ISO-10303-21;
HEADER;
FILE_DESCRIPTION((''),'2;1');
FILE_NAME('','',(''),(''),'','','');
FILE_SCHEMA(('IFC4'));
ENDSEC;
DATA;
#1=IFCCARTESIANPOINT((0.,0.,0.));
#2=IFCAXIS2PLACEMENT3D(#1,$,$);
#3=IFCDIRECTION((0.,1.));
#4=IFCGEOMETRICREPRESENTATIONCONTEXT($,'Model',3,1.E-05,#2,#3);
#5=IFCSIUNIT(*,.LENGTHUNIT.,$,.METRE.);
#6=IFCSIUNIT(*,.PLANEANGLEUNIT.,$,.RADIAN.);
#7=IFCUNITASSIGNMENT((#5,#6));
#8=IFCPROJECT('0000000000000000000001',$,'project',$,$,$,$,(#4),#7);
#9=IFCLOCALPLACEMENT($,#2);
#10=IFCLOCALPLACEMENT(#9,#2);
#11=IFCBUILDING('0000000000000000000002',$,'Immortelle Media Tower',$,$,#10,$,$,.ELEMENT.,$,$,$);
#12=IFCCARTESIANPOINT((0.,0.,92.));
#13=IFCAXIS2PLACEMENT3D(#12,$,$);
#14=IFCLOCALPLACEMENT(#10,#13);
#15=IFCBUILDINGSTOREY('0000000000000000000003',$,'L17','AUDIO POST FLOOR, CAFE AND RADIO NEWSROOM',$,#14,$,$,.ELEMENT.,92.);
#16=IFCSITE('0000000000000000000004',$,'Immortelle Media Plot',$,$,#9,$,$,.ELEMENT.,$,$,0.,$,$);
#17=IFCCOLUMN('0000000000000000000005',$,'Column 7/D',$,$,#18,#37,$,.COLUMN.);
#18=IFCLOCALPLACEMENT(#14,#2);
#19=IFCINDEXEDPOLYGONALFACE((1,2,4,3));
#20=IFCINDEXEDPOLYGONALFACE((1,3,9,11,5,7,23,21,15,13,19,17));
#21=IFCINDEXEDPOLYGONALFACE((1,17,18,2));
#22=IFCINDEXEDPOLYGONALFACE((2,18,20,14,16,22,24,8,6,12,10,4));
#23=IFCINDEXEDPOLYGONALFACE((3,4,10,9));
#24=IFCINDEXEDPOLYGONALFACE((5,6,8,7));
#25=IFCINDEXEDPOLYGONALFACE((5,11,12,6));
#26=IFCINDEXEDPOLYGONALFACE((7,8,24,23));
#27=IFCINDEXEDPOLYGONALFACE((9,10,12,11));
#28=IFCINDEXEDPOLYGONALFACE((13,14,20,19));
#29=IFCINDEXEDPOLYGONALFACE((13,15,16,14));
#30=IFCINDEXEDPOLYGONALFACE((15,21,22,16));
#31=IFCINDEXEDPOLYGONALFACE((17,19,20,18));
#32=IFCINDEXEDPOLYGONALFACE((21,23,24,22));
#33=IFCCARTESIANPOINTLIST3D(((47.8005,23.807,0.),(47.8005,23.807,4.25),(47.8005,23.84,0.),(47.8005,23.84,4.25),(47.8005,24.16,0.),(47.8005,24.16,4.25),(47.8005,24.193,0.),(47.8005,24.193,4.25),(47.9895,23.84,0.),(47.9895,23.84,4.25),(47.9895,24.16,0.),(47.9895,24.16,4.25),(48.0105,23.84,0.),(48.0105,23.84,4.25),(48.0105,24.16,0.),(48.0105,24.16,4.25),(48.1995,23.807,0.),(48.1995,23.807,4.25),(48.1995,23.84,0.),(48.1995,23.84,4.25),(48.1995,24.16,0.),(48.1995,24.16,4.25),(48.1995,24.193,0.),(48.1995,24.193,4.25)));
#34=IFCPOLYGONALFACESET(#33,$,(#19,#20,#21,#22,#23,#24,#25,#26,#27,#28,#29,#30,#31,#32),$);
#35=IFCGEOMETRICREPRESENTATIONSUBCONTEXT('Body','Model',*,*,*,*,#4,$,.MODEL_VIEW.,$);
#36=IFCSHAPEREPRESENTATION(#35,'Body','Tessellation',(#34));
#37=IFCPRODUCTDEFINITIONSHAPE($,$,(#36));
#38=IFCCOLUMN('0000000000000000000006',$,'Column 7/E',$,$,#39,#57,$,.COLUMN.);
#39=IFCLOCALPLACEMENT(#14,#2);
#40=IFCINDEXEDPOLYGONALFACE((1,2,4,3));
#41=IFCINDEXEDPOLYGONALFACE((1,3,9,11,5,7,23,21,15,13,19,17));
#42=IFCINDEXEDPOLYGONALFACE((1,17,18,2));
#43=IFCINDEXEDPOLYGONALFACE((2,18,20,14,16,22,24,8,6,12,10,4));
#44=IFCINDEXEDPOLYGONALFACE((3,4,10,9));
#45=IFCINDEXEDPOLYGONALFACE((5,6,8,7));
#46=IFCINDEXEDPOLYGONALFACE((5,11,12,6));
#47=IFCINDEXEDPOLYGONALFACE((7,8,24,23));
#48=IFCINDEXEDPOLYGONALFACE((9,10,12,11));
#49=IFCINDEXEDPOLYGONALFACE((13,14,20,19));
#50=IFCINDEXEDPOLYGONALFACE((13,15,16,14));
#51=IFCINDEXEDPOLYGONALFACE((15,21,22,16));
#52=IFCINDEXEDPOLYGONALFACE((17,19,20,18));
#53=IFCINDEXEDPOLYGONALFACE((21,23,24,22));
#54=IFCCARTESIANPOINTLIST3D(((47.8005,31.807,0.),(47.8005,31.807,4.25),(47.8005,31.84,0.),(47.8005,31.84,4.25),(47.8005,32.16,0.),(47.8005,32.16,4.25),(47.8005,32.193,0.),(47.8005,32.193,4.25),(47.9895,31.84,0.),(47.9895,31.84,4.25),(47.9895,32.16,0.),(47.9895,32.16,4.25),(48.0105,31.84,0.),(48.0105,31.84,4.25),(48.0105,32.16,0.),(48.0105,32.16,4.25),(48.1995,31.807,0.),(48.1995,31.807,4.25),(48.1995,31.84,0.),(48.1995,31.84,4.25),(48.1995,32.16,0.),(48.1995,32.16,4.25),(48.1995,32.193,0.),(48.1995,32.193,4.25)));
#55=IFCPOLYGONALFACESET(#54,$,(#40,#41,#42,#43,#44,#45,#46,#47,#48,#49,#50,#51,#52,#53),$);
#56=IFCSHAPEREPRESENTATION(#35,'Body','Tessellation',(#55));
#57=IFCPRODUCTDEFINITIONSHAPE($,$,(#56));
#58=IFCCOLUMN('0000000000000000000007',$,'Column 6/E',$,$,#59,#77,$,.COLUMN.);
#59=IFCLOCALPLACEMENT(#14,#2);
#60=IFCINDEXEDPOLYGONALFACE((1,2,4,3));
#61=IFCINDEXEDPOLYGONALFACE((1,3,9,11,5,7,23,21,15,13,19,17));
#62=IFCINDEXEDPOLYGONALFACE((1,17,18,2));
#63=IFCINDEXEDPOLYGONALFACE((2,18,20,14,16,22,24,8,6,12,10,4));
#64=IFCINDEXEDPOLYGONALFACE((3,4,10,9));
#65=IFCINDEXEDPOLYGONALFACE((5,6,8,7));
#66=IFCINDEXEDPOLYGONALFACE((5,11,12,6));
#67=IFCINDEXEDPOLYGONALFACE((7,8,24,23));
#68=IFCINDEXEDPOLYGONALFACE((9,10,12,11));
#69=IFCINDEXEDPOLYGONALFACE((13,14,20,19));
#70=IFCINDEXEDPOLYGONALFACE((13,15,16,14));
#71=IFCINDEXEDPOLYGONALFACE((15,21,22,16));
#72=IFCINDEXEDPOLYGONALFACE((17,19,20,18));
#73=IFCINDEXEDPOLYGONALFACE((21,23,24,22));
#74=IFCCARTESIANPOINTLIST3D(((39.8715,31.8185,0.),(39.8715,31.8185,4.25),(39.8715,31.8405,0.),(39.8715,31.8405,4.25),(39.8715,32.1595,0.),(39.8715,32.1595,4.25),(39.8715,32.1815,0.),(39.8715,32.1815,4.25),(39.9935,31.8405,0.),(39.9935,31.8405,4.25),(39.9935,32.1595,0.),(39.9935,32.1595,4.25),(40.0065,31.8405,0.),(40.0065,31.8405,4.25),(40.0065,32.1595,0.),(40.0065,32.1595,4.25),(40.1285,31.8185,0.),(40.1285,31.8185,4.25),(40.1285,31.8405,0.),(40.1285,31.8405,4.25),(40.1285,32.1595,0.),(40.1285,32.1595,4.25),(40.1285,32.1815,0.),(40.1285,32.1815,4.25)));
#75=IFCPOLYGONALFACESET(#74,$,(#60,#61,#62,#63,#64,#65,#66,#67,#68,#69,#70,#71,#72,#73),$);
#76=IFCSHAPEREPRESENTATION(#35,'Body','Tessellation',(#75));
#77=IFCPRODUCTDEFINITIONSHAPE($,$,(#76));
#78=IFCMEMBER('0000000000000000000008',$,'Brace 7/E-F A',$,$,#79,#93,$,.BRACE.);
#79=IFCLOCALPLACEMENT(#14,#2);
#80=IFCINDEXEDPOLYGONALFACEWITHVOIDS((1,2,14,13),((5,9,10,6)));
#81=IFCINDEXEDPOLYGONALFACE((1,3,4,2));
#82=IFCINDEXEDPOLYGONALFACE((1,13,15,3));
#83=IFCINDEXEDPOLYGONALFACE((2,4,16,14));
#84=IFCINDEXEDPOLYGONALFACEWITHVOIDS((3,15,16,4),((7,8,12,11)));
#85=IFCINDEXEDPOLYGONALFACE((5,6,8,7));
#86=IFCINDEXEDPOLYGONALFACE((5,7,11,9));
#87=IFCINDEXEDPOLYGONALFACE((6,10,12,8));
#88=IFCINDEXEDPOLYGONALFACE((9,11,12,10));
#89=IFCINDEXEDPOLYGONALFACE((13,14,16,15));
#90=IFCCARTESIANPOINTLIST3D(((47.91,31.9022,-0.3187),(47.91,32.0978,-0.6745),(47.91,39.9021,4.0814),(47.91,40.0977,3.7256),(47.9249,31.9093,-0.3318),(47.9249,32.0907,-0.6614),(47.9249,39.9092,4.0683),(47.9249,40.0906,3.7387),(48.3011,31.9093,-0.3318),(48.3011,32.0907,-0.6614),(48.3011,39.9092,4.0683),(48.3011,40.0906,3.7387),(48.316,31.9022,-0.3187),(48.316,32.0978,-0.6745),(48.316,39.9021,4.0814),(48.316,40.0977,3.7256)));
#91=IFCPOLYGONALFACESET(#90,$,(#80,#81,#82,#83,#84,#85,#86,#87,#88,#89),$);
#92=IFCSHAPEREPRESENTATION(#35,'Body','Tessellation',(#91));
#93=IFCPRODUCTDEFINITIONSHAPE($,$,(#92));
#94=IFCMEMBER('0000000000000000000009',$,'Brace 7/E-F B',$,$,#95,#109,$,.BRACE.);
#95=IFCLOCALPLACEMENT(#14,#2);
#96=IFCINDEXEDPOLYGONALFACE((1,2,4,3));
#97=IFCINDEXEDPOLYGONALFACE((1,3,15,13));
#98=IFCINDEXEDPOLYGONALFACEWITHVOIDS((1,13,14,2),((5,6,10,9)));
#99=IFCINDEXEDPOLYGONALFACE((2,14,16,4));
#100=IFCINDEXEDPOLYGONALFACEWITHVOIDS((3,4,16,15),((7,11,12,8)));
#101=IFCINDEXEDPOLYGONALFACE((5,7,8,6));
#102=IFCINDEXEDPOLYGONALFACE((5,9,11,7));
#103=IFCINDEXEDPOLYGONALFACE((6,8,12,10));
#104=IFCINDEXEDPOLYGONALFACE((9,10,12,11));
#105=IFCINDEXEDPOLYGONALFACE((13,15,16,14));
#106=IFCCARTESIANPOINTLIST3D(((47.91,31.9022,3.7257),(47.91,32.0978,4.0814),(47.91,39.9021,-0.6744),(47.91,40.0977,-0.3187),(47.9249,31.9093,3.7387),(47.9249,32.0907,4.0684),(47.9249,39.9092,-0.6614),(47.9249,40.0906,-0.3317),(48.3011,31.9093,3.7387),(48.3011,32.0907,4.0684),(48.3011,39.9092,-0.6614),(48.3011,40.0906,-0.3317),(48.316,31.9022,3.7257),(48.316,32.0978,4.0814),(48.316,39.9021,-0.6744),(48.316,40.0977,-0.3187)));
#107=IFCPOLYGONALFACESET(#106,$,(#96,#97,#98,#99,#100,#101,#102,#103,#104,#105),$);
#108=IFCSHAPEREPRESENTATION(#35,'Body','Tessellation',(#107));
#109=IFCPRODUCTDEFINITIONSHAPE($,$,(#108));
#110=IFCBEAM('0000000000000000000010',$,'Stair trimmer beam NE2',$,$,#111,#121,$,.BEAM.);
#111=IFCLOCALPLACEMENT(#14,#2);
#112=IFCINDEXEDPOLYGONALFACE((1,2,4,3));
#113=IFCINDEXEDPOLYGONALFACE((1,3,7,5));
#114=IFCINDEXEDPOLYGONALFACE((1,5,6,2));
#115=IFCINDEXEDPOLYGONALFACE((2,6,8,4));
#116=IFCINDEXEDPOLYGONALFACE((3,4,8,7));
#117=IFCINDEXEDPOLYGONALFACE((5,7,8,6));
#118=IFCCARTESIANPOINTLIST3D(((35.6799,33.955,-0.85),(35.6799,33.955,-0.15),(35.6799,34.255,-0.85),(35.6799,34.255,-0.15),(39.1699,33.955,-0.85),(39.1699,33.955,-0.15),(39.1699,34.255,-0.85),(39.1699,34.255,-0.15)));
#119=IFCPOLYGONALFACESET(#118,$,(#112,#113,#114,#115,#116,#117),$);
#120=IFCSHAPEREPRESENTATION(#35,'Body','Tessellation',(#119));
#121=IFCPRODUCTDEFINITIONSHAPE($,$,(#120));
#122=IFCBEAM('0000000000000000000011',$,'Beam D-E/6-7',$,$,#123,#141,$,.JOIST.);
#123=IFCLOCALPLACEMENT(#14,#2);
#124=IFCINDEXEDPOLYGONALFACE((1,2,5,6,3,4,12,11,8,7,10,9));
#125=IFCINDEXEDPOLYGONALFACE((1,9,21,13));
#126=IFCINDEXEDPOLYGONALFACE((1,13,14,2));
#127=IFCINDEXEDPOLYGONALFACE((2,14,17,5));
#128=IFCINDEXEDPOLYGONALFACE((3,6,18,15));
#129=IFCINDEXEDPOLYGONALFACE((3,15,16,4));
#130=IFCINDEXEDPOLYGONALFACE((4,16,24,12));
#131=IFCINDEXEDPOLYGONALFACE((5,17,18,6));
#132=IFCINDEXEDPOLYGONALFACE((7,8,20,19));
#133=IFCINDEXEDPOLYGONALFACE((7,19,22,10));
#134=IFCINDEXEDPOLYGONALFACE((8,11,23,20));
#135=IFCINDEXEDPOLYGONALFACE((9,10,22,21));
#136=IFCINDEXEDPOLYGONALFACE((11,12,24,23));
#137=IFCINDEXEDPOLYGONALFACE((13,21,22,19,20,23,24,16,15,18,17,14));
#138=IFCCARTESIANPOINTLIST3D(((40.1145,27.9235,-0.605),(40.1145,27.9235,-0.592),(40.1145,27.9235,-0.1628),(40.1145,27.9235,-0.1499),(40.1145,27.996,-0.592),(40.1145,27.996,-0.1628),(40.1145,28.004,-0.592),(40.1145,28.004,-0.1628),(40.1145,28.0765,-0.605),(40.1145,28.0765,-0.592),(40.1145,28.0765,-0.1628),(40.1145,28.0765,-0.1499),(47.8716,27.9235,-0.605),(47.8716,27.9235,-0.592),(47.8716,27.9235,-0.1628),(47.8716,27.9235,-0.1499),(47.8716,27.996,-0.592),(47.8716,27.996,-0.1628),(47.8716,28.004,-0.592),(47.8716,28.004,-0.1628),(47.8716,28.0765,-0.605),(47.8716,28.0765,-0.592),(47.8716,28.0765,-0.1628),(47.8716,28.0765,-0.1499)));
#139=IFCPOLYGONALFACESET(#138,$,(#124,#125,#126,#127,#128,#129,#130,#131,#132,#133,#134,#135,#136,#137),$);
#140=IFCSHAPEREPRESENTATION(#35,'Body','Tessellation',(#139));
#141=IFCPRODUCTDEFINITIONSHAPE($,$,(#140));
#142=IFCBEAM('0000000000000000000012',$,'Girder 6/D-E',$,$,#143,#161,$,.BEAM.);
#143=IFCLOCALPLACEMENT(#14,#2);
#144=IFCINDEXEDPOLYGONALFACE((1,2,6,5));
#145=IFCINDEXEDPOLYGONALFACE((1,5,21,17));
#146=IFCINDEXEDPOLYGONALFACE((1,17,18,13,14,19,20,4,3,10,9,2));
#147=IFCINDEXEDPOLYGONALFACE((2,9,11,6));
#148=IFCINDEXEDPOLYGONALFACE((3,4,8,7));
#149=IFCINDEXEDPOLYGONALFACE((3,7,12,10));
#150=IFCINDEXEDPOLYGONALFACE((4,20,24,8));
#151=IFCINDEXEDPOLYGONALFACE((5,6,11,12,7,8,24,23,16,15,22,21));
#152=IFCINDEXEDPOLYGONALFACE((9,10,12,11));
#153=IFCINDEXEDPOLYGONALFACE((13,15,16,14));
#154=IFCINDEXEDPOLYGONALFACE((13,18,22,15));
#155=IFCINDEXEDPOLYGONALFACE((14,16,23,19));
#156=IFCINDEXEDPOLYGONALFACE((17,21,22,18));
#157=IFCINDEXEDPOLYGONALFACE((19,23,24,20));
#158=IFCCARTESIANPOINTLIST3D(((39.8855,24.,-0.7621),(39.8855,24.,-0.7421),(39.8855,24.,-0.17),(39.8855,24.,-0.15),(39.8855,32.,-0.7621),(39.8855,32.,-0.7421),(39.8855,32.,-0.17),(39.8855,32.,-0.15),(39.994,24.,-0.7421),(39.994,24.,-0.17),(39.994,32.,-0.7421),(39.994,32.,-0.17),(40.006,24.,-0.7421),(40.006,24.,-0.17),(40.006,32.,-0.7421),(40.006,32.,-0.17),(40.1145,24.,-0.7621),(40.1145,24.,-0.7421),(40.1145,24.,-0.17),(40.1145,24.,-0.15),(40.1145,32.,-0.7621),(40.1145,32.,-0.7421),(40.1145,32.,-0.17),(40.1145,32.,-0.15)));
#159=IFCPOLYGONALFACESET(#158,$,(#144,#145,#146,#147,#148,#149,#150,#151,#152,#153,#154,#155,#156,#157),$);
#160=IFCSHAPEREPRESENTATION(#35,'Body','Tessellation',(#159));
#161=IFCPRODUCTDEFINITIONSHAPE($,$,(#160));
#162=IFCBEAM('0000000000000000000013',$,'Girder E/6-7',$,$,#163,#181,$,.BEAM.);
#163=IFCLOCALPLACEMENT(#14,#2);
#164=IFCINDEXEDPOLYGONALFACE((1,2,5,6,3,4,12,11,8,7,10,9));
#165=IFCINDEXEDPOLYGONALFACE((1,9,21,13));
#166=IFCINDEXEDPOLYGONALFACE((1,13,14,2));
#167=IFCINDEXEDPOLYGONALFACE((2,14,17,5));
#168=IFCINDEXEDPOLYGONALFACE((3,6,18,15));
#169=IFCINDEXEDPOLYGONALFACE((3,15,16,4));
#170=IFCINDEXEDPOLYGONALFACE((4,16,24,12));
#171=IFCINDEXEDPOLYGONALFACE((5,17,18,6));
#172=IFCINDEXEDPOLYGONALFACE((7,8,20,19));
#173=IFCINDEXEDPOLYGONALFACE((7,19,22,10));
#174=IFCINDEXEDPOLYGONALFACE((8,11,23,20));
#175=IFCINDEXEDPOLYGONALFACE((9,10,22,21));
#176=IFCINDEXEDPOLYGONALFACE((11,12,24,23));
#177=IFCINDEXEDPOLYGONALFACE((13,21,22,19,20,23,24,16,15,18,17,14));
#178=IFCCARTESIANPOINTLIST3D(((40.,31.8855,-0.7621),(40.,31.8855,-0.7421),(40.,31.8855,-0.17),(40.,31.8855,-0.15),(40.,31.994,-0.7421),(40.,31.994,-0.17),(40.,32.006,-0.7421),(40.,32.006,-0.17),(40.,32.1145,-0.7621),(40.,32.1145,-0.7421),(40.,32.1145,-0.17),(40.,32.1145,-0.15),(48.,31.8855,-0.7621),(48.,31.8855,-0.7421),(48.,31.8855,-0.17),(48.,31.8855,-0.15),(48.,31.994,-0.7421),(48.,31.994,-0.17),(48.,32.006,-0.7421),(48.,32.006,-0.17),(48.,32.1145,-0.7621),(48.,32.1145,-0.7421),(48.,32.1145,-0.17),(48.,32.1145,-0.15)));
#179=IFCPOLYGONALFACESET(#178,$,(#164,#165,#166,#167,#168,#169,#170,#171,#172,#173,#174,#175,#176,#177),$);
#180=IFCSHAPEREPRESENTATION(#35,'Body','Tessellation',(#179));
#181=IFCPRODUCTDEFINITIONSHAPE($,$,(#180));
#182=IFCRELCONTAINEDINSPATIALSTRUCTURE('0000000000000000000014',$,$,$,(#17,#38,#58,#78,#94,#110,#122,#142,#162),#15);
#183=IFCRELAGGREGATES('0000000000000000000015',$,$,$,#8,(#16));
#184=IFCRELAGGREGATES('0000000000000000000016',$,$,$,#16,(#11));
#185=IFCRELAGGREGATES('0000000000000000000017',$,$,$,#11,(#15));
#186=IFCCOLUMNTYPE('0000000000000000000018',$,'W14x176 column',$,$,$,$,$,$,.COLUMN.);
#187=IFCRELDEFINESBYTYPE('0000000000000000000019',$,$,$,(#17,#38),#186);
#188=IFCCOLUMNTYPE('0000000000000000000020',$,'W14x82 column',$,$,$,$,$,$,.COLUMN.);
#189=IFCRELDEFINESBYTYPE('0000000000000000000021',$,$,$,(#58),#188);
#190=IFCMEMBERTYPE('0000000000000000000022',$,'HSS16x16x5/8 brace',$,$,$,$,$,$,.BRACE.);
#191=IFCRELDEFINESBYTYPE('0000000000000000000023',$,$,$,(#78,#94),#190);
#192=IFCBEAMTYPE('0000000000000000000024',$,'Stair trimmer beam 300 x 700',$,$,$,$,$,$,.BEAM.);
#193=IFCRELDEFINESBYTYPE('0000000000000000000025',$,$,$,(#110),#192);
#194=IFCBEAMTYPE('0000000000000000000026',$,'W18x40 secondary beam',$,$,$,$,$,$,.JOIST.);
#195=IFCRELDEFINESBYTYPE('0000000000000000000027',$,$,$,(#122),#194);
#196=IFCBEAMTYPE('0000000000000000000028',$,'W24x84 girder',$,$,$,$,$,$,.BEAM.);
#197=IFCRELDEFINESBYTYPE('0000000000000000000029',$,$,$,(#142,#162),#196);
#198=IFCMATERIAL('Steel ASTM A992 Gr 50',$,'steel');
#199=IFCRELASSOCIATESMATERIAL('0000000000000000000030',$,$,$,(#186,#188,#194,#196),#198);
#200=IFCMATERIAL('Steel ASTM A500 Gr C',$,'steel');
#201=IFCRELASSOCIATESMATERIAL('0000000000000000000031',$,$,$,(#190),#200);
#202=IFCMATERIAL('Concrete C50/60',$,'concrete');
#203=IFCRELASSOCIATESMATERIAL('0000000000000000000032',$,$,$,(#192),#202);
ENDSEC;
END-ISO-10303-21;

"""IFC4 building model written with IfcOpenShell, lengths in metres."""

from ifc_helpers import new_model, si_unit, direction, frame, origin, origin_2d, place, context, subcontext, project, spatial, rectangle, hollow_rectangle, i_section, extrude, material, material_profile, profile_set, type_object, element, save


model = new_model("IFC4")

# Units and contexts
model_context = context("Model", 3, precision=1e-05, world=origin(), true_north=direction((0.0, 1.0)))
body_context = subcontext(model_context, "Body", "Model", "MODEL_VIEW")
ifc_project = project(units=[si_unit("LENGTHUNIT", "METRE"), si_unit("PLANEANGLEUNIT", "RADIAN")], contexts=[model_context])

# Site, building, storey
site_placement = place(None, origin())
site = spatial("IfcSite", under=ifc_project, at=site_placement, Name="Immortelle Media Plot", CompositionType="ELEMENT", RefElevation=0.0)
building_placement = place(site_placement, origin())
building = spatial("IfcBuilding", under=site, at=building_placement, Name="Immortelle Media Tower", CompositionType="ELEMENT")
storey_placement = place(building_placement, frame((0.0, 0.0, 92.0)))
storey = spatial("IfcBuildingStorey", under=building, at=storey_placement, Name="L17", Description="AUDIO POST FLOOR, CAFE AND RADIO NEWSROOM", CompositionType="ELEMENT", Elevation=92.0)

# Columns
ifc_material_1 = material(Name="Steel ASTM A992 Gr 50", Category="steel")
ifc_material_profile_1 = material_profile(ifc_material_1, i_section(OverallWidth=0.3989, OverallDepth=0.386, WebThickness=0.021, FlangeThickness=0.033, at=origin_2d()), Name="W14x176")
ifc_profile_set_1 = profile_set([ifc_material_profile_1], Name="Steel ASTM A992 Gr 50")
column_type_1 = type_object("IfcColumnType", Name="W14x176 column", PredefinedType="COLUMN", material=ifc_profile_set_1)
for number, where, z_axis, x_axis, name in (
    (1, (48.0, 24.0, 0.0), (0.0, 0.0, 1.0), (1.0, 0.0, 0.0), "Column 7/D"),
    (2, (48.0, 32.0, 0.0), (0.0, 0.0, 1.0), (1.0, 0.0, 0.0), "Column 7/E"),
):
    element("IfcColumn", number, at=place(storey_placement, frame(where, z_axis=z_axis, x_axis=x_axis)), inside=storey, type_object=column_type_1, Name=name, PredefinedType="COLUMN", context=body_context, shape_type="SweptSolid", body=[
        extrude(i_section(OverallWidth=0.3989, OverallDepth=0.386, WebThickness=0.021, FlangeThickness=0.033, at=origin_2d()), origin(), (0.0, 0.0, 1.0), 4.25),
    ])
ifc_material_profile_2 = material_profile(ifc_material_1, i_section(OverallWidth=0.2571, OverallDepth=0.363, WebThickness=0.0129, FlangeThickness=0.022, at=origin_2d()), Name="W14x82")
ifc_profile_set_2 = profile_set([ifc_material_profile_2], Name="Steel ASTM A992 Gr 50")
column_type_2 = type_object("IfcColumnType", Name="W14x82 column", PredefinedType="COLUMN", material=ifc_profile_set_2)
column_placement = place(storey_placement, frame((40.0, 32.0, 0.0), z_axis=(0.0, 0.0, 1.0), x_axis=(1.0, 0.0, 0.0)))
element("IfcColumn", 3, at=column_placement, inside=storey, type_object=column_type_2, Name="Column 6/E", PredefinedType="COLUMN", context=body_context, shape_type="SweptSolid", body=[
    extrude(i_section(OverallWidth=0.2571, OverallDepth=0.363, WebThickness=0.0129, FlangeThickness=0.022, at=origin_2d()), origin(), (0.0, 0.0, 1.0), 4.25),
])

# Members
ifc_material_2 = material(Name="Steel ASTM A500 Gr C", Category="steel")
ifc_material_profile_3 = material_profile(ifc_material_2, hollow_rectangle(XDim=0.406, YDim=0.406, WallThickness=0.0149, at=origin_2d()), Name="HSS16x16x5/8 brace")
ifc_profile_set_3 = profile_set([ifc_material_profile_3], Name="Steel ASTM A500 Gr C")
member_type = type_object("IfcMemberType", Name="HSS16x16x5/8 brace", PredefinedType="BRACE", material=ifc_profile_set_3)
for number, where, z_axis, x_axis, name in (
    (4, (48.113, 32.0, -0.4966), (0.0, 0.876209, 0.481931), (-1.0, 0.0, 0.0), "Brace 7/E-F A"),
    (5, (48.113, 32.0, 3.9036), (0.0, 0.876209, -0.481931), (-1.0, 0.0, 0.0), "Brace 7/E-F B"),
):
    element("IfcMember", number, at=place(storey_placement, frame(where, z_axis=z_axis, x_axis=x_axis)), inside=storey, type_object=member_type, Name=name, PredefinedType="BRACE", context=body_context, shape_type="SweptSolid", body=[
        extrude(hollow_rectangle(XDim=0.406, YDim=0.406, WallThickness=0.0149, at=origin_2d()), origin(), (0.0, 0.0, 1.0), 9.1301),
    ])

# Beams
ifc_material_3 = material(Name="Concrete C50/60", Category="concrete")
ifc_material_profile_4 = material_profile(ifc_material_3, rectangle(XDim=0.3, YDim=0.7, at=origin_2d()), Name="RC 300x700")
ifc_profile_set_4 = profile_set([ifc_material_profile_4], Name="Concrete C50/60")
beam_type_1 = type_object("IfcBeamType", Name="Stair trimmer beam 300 x 700", PredefinedType="BEAM", material=ifc_profile_set_4)
beam_1_placement = place(storey_placement, frame((35.6799, 34.105, -0.5), z_axis=(1.0, 0.0, 0.0), x_axis=(0.0, 1.0, 0.0)))
element("IfcBeam", 6, at=beam_1_placement, inside=storey, type_object=beam_type_1, Name="Stair trimmer beam NE2", PredefinedType="BEAM", context=body_context, shape_type="SweptSolid", body=[
    extrude(rectangle(XDim=0.3, YDim=0.7, at=origin_2d()), origin(), (0.0, 0.0, 1.0), 3.49),
])
ifc_material_profile_5 = material_profile(ifc_material_1, i_section(OverallWidth=0.1531, OverallDepth=0.4551, WebThickness=0.0081, FlangeThickness=0.0129, at=origin_2d()), Name="W18x40")
ifc_profile_set_5 = profile_set([ifc_material_profile_5], Name="Steel ASTM A992 Gr 50")
beam_type_2 = type_object("IfcBeamType", Name="W18x40 secondary beam", PredefinedType="JOIST", material=ifc_profile_set_5)
beam_2_placement = place(storey_placement, frame((40.1145, 28.0, -0.3774), z_axis=(1.0, 0.0, 0.0), x_axis=(0.0, 1.0, 0.0)))
element("IfcBeam", 7, at=beam_2_placement, inside=storey, type_object=beam_type_2, Name="Beam D-E/6-7", PredefinedType="JOIST", context=body_context, shape_type="SweptSolid", body=[
    extrude(i_section(OverallWidth=0.1531, OverallDepth=0.4551, WebThickness=0.0081, FlangeThickness=0.0129, at=origin_2d()), origin(), (0.0, 0.0, 1.0), 7.7571),
])
ifc_material_profile_6 = material_profile(ifc_material_1, i_section(OverallWidth=0.229, OverallDepth=0.6121, WebThickness=0.012, FlangeThickness=0.02, at=origin_2d()), Name="W24x84")
ifc_profile_set_6 = profile_set([ifc_material_profile_6], Name="Steel ASTM A992 Gr 50")
beam_type_3 = type_object("IfcBeamType", Name="W24x84 girder", PredefinedType="BEAM", material=ifc_profile_set_6)
for number, where, z_axis, x_axis, name in (
    (8, (40.0, 24.0, -0.4561), (0.0, 1.0, 0.0), (-1.0, 0.0, 0.0), "Girder 6/D-E"),
    (9, (40.0, 32.0, -0.4561), (1.0, 0.0, 0.0), (0.0, 1.0, 0.0), "Girder E/6-7"),
):
    element("IfcBeam", number, at=place(storey_placement, frame(where, z_axis=z_axis, x_axis=x_axis)), inside=storey, type_object=beam_type_3, Name=name, PredefinedType="BEAM", context=body_context, shape_type="SweptSolid", body=[
        extrude(i_section(OverallWidth=0.229, OverallDepth=0.6121, WebThickness=0.012, FlangeThickness=0.02, at=origin_2d()), origin(), (0.0, 0.0, 1.0), 8.0),
    ])

save(model, "model.ifc")
